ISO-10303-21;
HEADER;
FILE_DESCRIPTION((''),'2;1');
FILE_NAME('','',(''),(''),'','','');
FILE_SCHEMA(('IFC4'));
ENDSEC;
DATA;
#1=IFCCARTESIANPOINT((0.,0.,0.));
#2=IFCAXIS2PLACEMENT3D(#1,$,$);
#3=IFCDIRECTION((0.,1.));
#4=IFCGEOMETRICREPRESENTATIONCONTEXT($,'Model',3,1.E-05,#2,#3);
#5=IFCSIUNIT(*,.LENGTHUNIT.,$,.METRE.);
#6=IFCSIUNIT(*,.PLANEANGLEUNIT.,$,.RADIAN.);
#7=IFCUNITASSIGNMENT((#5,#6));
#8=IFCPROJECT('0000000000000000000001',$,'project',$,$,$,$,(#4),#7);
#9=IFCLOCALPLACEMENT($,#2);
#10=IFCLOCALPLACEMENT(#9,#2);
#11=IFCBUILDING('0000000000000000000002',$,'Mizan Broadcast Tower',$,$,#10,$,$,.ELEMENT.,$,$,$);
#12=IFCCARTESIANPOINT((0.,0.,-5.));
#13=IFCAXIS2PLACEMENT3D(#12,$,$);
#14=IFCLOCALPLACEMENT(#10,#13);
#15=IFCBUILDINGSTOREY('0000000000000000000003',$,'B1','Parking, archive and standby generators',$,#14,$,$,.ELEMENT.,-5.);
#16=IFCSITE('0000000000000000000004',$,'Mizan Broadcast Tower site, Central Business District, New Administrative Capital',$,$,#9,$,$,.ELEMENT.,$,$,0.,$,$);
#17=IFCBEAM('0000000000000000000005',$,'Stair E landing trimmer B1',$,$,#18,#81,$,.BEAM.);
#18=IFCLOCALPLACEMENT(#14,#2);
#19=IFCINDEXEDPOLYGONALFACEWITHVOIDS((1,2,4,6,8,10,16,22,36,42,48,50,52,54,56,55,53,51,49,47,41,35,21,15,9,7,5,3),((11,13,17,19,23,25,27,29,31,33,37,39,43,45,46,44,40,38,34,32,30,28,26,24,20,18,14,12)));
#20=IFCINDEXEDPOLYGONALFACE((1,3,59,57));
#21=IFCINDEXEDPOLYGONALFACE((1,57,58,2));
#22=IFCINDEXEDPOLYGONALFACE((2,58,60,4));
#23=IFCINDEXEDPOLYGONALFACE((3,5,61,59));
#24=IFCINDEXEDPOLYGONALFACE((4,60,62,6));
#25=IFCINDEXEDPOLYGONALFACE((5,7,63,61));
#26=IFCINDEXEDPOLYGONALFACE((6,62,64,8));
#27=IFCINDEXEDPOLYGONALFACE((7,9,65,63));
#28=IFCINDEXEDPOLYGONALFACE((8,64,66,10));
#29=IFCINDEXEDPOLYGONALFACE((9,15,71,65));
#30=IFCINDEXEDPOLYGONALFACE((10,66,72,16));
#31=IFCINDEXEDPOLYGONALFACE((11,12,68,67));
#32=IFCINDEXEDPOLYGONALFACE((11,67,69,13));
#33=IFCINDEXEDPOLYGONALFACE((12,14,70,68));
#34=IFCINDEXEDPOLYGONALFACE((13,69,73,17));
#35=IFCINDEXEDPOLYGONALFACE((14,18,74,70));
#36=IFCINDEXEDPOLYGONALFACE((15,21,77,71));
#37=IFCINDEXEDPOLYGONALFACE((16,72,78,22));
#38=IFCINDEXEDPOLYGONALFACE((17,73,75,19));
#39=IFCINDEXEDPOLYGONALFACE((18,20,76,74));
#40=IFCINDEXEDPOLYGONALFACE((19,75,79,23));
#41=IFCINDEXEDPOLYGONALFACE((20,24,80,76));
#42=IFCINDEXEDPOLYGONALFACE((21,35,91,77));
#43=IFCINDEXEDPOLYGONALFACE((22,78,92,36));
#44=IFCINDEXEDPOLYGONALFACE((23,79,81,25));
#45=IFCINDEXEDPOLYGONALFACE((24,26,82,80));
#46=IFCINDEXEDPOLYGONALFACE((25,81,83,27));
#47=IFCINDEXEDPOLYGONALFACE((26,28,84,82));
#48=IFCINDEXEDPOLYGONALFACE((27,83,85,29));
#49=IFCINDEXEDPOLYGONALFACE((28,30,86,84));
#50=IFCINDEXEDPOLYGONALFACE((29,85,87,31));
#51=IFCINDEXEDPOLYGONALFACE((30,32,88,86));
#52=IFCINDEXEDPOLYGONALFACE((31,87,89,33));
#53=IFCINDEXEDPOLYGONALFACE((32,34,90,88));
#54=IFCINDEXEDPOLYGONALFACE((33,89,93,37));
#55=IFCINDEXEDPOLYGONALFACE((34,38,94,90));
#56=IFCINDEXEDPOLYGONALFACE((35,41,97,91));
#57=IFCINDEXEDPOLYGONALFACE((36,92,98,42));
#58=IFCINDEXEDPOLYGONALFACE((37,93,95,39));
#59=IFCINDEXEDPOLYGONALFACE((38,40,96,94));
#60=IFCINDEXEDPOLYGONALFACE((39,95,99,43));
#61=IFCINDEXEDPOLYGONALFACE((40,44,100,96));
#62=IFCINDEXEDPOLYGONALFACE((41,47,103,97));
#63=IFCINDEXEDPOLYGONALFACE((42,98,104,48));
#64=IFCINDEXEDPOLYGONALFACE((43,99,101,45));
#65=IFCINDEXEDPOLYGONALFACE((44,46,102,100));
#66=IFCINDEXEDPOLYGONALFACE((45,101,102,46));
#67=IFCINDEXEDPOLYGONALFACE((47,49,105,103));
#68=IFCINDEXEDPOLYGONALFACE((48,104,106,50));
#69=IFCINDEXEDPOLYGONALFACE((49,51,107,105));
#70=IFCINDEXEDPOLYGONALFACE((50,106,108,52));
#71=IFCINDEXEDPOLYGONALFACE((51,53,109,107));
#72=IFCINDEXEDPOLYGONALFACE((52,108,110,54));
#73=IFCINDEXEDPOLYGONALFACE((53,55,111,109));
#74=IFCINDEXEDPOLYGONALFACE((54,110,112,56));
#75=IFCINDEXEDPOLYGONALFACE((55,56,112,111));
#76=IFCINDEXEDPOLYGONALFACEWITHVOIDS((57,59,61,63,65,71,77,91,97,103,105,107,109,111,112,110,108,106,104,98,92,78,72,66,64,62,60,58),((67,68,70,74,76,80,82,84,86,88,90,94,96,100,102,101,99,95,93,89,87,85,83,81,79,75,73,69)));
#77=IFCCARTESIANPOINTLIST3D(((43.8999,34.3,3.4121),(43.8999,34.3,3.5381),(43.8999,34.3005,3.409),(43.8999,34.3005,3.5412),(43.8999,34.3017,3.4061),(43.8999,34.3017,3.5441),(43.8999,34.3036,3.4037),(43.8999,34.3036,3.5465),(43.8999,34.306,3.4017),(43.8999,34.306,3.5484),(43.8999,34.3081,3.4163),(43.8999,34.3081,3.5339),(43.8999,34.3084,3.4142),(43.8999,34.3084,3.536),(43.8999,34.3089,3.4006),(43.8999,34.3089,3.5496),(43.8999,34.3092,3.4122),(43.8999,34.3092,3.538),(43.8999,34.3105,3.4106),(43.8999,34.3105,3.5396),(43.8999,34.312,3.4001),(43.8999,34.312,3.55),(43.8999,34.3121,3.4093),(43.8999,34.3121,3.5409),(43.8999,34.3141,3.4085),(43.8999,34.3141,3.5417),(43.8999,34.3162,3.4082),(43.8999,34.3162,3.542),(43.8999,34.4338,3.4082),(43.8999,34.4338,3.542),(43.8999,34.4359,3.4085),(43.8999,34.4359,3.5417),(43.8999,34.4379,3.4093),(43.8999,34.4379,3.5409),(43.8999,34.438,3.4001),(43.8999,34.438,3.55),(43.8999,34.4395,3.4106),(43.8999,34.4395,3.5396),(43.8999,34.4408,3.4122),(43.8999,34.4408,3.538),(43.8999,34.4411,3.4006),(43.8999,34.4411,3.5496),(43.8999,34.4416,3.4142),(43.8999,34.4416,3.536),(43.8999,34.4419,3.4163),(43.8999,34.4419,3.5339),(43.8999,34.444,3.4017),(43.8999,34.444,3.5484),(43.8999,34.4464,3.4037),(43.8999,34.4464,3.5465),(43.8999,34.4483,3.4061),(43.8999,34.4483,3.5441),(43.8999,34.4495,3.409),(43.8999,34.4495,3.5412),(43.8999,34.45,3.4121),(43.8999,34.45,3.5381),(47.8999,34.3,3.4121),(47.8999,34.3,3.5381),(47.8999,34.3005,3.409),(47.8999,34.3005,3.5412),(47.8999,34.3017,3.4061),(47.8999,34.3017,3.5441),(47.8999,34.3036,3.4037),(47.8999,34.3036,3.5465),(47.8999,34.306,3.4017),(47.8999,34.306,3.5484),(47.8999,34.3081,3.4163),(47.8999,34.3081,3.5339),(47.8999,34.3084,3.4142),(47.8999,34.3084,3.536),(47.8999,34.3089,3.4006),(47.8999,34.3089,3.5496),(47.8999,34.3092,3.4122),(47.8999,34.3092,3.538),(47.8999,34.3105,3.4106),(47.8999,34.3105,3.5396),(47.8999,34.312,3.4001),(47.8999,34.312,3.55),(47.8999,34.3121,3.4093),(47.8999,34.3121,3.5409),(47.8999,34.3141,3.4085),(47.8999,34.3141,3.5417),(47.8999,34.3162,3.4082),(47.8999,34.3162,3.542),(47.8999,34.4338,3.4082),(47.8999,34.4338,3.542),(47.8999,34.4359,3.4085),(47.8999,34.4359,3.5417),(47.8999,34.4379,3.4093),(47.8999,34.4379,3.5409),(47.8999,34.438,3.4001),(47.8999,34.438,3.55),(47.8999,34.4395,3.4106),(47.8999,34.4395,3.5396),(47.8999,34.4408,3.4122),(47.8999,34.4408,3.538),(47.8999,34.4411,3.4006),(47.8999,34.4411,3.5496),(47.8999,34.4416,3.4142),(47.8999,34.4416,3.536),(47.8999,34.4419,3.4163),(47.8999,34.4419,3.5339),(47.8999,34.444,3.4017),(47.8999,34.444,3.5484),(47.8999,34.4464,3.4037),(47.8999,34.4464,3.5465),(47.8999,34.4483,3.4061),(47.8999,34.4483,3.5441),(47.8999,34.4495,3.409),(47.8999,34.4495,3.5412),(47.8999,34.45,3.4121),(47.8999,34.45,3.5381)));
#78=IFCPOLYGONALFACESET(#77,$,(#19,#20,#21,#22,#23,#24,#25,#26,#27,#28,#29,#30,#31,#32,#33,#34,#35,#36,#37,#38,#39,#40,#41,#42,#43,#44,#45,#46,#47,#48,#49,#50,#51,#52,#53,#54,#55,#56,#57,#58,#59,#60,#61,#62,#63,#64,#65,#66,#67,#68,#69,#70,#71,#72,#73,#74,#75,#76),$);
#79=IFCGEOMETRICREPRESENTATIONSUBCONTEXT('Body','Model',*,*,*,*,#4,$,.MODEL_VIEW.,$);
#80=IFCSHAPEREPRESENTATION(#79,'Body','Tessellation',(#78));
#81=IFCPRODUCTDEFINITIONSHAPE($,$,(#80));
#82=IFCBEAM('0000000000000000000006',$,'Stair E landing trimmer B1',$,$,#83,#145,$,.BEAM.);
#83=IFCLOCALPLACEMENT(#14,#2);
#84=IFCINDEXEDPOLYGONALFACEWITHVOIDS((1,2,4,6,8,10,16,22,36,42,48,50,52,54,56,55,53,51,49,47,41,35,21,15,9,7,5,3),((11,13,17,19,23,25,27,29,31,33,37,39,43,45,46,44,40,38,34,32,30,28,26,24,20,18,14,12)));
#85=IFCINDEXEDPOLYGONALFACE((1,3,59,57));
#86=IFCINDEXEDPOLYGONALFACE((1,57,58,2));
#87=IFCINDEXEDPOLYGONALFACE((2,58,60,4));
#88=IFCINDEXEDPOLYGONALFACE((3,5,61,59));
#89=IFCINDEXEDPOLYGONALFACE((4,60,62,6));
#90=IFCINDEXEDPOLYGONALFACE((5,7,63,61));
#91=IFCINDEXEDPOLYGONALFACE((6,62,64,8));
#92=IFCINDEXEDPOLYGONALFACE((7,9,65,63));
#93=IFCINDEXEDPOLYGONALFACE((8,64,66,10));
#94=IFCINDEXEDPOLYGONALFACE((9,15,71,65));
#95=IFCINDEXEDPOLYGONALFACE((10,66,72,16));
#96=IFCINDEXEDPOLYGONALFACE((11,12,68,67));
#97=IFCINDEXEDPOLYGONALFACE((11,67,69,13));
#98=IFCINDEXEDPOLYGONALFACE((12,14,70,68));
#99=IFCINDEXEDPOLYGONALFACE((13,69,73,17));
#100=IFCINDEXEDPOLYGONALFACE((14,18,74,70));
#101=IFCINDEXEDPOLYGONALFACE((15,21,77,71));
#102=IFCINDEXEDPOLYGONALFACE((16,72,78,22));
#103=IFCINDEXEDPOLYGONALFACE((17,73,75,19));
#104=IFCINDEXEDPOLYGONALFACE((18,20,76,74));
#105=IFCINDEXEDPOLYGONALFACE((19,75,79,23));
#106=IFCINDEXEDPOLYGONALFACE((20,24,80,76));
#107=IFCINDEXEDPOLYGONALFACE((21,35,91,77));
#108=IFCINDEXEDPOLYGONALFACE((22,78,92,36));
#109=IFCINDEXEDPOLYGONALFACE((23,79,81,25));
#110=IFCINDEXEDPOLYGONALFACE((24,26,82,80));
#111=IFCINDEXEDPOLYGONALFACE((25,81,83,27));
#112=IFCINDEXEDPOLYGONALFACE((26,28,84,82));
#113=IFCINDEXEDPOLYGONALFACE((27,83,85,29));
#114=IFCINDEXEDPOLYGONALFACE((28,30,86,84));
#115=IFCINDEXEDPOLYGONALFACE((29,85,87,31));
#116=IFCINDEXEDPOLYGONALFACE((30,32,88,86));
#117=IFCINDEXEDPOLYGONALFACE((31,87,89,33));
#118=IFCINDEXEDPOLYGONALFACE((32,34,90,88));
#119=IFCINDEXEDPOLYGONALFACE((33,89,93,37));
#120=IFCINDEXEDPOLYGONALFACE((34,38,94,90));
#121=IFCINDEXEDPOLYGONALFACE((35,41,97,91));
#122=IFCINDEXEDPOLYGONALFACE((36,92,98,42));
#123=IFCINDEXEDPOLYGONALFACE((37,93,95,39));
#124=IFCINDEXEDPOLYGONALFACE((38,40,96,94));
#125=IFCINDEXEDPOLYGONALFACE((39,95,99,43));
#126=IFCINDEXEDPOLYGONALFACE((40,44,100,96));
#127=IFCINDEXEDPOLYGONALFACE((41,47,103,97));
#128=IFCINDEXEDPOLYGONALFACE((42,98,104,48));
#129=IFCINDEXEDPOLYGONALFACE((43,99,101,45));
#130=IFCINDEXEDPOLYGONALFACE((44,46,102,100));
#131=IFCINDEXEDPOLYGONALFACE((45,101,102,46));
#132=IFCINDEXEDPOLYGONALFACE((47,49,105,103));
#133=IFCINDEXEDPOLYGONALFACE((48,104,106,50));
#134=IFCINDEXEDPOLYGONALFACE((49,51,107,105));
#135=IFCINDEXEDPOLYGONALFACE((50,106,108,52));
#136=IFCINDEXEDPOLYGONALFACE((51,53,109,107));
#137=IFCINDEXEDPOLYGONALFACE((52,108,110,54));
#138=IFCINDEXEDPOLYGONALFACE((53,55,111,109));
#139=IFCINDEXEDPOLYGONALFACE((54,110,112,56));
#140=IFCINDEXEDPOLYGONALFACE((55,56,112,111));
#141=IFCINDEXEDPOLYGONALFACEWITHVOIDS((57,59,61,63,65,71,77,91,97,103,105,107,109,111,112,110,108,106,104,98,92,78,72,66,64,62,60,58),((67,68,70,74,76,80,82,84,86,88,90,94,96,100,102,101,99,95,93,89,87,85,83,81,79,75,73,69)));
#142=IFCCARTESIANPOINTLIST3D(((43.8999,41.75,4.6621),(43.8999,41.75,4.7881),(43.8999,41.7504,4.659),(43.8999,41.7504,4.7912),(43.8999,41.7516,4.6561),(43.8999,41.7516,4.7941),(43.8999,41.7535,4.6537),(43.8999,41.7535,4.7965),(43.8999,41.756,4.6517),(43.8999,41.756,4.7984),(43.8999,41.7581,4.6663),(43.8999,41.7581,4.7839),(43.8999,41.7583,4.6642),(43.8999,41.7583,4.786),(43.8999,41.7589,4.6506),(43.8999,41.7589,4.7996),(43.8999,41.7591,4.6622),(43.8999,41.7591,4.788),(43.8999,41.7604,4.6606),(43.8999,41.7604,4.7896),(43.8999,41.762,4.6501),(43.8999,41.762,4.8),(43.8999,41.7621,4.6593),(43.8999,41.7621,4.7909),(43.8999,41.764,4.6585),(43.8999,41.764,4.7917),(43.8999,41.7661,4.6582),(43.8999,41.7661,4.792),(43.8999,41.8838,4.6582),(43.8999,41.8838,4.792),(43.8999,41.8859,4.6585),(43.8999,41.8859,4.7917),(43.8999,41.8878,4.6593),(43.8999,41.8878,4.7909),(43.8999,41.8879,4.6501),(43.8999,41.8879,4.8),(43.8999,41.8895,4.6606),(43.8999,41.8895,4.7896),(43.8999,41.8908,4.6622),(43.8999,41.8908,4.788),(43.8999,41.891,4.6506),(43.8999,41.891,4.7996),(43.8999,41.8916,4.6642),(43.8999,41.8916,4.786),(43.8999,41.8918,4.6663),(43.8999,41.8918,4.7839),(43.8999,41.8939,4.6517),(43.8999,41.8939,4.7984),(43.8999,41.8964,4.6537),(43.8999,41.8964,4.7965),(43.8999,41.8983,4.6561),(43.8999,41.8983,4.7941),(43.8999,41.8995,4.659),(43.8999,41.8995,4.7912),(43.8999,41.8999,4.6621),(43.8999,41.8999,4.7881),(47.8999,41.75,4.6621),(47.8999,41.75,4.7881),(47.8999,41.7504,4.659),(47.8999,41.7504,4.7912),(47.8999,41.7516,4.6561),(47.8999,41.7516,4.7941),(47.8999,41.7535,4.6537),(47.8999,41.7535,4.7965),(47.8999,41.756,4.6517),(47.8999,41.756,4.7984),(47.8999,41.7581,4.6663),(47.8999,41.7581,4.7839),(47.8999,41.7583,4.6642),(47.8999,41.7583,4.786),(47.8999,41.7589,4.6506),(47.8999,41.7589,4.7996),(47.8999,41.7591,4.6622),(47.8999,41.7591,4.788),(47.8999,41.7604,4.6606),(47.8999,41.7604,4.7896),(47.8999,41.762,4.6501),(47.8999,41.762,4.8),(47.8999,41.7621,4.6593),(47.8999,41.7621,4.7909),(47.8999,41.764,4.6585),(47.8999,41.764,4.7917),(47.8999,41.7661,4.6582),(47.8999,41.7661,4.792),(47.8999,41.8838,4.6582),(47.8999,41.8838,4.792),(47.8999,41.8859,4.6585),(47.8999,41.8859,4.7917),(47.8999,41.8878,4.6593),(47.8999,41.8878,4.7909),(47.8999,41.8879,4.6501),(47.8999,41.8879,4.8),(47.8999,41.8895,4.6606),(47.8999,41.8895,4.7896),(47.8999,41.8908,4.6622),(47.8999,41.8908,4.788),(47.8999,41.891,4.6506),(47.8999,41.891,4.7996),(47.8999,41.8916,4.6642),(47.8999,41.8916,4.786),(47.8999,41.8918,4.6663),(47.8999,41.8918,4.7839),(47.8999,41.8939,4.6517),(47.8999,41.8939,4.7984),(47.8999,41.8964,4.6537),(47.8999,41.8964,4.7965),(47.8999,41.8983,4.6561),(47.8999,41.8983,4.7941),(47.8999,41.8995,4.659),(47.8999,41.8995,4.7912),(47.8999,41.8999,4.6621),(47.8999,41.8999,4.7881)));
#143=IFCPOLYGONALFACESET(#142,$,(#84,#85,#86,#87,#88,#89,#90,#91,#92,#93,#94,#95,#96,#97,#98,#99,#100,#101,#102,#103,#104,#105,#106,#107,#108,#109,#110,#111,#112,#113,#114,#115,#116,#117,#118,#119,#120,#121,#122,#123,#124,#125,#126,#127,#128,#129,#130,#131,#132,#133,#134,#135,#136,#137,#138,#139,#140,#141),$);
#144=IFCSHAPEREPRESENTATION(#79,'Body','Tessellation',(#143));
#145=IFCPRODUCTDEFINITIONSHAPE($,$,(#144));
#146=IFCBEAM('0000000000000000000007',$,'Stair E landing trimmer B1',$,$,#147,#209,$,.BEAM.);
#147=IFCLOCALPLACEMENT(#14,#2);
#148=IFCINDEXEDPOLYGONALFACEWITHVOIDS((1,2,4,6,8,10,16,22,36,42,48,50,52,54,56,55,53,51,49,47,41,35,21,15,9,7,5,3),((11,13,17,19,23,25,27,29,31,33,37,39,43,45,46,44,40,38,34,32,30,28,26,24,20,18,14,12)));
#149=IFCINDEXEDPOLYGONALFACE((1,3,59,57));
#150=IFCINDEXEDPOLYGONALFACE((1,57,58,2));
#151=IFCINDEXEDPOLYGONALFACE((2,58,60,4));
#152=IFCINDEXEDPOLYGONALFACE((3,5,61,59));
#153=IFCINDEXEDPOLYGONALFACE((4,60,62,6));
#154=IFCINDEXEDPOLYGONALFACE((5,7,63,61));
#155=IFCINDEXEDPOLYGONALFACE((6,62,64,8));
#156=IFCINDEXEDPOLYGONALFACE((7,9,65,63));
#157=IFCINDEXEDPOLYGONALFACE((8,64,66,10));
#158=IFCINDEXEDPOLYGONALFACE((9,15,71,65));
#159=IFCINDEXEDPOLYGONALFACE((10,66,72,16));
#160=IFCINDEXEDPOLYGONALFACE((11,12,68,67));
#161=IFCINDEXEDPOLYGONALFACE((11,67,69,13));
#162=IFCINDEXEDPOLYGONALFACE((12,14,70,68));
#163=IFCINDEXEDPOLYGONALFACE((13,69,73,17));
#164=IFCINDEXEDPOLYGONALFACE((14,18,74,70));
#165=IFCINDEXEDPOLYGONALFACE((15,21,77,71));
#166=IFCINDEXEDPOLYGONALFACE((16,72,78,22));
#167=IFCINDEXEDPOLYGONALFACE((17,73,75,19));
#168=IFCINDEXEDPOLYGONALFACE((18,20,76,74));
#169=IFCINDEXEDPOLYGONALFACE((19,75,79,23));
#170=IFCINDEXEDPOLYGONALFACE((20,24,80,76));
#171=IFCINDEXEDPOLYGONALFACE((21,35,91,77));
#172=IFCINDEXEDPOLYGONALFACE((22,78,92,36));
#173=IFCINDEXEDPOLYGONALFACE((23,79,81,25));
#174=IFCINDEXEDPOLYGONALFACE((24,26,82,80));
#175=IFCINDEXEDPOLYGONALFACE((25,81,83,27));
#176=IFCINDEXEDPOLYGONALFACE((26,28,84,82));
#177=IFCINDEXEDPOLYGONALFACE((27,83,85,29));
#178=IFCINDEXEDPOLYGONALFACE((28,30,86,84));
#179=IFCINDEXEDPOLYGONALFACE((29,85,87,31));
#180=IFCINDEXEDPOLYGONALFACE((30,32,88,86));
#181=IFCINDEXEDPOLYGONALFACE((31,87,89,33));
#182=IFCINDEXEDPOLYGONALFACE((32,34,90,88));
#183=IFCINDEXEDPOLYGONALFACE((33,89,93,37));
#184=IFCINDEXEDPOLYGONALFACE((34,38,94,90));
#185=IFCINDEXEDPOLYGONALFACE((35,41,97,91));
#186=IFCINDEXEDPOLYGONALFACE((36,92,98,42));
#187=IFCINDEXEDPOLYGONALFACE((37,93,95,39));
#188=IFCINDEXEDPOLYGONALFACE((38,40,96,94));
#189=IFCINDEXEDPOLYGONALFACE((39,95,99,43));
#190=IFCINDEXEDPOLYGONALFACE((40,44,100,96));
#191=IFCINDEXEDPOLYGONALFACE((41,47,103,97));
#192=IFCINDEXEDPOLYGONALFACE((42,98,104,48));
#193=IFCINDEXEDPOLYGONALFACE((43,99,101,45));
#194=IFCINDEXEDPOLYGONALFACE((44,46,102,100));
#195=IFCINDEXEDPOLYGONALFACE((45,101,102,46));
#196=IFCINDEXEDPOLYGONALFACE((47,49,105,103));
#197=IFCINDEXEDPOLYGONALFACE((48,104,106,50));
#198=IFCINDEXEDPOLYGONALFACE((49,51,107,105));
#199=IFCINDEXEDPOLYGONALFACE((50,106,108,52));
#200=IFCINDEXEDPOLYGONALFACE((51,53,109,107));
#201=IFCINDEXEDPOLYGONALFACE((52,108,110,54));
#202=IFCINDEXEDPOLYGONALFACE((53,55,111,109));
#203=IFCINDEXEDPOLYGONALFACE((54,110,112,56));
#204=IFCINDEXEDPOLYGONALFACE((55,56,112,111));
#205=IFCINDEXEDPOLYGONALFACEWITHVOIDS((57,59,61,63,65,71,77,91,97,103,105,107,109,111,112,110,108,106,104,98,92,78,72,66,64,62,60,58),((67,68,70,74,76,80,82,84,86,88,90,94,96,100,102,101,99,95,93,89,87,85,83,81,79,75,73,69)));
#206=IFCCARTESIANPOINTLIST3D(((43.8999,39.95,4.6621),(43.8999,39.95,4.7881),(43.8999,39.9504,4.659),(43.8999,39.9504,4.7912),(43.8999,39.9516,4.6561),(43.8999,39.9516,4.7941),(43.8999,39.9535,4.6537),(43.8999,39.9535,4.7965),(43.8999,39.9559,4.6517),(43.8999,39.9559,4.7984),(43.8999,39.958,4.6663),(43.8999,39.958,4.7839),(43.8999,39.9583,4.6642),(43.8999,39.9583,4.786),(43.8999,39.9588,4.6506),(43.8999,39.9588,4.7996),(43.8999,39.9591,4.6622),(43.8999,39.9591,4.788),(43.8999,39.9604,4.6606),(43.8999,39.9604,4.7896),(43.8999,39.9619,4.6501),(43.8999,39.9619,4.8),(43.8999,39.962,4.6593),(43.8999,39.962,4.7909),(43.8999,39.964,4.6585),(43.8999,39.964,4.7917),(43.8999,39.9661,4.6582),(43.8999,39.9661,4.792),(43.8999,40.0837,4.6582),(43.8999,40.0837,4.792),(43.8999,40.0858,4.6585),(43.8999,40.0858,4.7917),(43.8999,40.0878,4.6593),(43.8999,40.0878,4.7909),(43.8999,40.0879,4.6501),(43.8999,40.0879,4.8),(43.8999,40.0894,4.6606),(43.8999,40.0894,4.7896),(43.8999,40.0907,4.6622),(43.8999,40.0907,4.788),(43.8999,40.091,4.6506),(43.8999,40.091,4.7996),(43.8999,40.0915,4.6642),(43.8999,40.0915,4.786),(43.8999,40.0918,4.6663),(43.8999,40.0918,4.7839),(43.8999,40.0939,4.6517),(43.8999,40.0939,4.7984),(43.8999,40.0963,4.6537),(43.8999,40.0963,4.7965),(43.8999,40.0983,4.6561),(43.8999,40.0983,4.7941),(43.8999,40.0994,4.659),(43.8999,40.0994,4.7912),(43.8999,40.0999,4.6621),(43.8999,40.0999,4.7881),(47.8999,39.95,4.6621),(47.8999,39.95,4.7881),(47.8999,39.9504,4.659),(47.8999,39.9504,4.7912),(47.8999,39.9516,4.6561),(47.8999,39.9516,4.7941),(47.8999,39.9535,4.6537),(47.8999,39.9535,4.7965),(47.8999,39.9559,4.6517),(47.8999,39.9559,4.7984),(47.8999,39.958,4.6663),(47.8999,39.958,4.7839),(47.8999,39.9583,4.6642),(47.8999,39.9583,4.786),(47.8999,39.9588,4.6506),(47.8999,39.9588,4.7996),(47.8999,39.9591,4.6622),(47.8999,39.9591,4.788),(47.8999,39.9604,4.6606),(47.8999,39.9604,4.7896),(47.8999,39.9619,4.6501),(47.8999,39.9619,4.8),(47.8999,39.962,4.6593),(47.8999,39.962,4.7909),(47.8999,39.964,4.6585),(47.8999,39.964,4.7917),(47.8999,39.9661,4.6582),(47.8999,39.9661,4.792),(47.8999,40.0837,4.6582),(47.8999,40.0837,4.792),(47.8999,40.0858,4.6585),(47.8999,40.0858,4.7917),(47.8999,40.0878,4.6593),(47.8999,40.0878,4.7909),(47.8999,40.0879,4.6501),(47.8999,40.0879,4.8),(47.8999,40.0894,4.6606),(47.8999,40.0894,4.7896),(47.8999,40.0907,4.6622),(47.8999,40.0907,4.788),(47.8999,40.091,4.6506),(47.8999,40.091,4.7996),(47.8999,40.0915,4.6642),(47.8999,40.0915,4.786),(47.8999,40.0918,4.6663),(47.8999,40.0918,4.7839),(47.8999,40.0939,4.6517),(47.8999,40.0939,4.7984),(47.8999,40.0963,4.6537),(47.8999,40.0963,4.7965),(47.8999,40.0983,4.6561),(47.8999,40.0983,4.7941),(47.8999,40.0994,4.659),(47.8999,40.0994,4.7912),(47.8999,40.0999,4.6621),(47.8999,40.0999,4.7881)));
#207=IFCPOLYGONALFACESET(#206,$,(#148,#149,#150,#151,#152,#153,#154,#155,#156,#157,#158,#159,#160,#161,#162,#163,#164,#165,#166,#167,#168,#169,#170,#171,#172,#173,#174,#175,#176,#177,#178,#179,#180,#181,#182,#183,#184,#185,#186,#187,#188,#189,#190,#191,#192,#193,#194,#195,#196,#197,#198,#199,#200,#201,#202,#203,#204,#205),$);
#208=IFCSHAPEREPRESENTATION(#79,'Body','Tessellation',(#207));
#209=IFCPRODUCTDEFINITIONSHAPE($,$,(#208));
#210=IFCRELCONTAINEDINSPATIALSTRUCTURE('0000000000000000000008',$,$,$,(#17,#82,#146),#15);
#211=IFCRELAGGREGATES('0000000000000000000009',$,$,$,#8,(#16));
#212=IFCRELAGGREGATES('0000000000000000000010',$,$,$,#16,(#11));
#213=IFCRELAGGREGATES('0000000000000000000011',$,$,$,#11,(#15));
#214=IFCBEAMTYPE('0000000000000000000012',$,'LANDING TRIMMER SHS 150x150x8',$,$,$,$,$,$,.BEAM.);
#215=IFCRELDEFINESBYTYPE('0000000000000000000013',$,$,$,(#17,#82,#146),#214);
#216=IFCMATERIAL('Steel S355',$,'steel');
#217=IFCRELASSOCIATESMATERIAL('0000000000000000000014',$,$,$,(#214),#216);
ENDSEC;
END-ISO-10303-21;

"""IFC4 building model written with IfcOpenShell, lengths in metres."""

from ifc_helpers import new_model, si_unit, direction, frame, origin, origin_2d, place, context, subcontext, project, spatial, hollow_rectangle, extrude, material, material_profile, profile_set, type_object, element, save


model = new_model("IFC4")

# Units and contexts
model_context = context("Model", 3, precision=1e-05, world=origin(), true_north=direction((0.0, 1.0)))
body_context = subcontext(model_context, "Body", "Model", "MODEL_VIEW")
ifc_project = project(units=[si_unit("LENGTHUNIT", "METRE"), si_unit("PLANEANGLEUNIT", "RADIAN")], contexts=[model_context])

# Site, building, storey
site_placement = place(None, origin())
site = spatial("IfcSite", under=ifc_project, at=site_placement, Name="Mizan Broadcast Tower site, Central Business District, New Administrative Capital", CompositionType="ELEMENT", RefElevation=0.0)
building_placement = place(site_placement, origin())
building = spatial("IfcBuilding", under=site, at=building_placement, Name="Mizan Broadcast Tower", CompositionType="ELEMENT")
storey_placement = place(building_placement, frame((0.0, 0.0, -5.0)))
storey = spatial("IfcBuildingStorey", under=building, at=storey_placement, Name="B1", Description="Parking, archive and standby generators", CompositionType="ELEMENT", Elevation=-5.0)

# Beams
ifc_material_1 = material(Name="Steel S355", Category="steel")
ifc_material_profile_1 = material_profile(ifc_material_1, hollow_rectangle(XDim=0.1499, YDim=0.1499, WallThickness=0.0081, InnerFilletRadius=0.0081, OuterFilletRadius=0.012, at=origin_2d()), Name="SHS 150x150x8")
ifc_profile_set_1 = profile_set([ifc_material_profile_1], Name="Steel S355")
beam_type_1 = type_object("IfcBeamType", Name="LANDING TRIMMER SHS 150x150x8", PredefinedType="BEAM", material=ifc_profile_set_1)
for number, where, z_axis, x_axis, name in (
    (1, (43.8999, 34.375, 3.4751), (1.0, 0.0, 0.0), (0.0, 1.0, 0.0), "Stair E landing trimmer B1"),
    (2, (43.8999, 41.825, 4.7251), (1.0, 0.0, 0.0), (0.0, 1.0, 0.0), "Stair E landing trimmer B1"),
    (3, (43.8999, 40.0249, 4.7251), (1.0, 0.0, 0.0), (0.0, 1.0, 0.0), "Stair E landing trimmer B1"),
):
    element("IfcBeam", number, at=place(storey_placement, frame(where, z_axis=z_axis, x_axis=x_axis)), inside=storey, type_object=beam_type_1, Name=name, PredefinedType="BEAM", context=body_context, shape_type="SweptSolid", body=[
        extrude(hollow_rectangle(XDim=0.1499, YDim=0.1499, WallThickness=0.0081, InnerFilletRadius=0.0081, OuterFilletRadius=0.012, at=origin_2d()), origin(), (0.0, 0.0, 1.0), 4.0),
    ])

save(model, "model.ifc")
